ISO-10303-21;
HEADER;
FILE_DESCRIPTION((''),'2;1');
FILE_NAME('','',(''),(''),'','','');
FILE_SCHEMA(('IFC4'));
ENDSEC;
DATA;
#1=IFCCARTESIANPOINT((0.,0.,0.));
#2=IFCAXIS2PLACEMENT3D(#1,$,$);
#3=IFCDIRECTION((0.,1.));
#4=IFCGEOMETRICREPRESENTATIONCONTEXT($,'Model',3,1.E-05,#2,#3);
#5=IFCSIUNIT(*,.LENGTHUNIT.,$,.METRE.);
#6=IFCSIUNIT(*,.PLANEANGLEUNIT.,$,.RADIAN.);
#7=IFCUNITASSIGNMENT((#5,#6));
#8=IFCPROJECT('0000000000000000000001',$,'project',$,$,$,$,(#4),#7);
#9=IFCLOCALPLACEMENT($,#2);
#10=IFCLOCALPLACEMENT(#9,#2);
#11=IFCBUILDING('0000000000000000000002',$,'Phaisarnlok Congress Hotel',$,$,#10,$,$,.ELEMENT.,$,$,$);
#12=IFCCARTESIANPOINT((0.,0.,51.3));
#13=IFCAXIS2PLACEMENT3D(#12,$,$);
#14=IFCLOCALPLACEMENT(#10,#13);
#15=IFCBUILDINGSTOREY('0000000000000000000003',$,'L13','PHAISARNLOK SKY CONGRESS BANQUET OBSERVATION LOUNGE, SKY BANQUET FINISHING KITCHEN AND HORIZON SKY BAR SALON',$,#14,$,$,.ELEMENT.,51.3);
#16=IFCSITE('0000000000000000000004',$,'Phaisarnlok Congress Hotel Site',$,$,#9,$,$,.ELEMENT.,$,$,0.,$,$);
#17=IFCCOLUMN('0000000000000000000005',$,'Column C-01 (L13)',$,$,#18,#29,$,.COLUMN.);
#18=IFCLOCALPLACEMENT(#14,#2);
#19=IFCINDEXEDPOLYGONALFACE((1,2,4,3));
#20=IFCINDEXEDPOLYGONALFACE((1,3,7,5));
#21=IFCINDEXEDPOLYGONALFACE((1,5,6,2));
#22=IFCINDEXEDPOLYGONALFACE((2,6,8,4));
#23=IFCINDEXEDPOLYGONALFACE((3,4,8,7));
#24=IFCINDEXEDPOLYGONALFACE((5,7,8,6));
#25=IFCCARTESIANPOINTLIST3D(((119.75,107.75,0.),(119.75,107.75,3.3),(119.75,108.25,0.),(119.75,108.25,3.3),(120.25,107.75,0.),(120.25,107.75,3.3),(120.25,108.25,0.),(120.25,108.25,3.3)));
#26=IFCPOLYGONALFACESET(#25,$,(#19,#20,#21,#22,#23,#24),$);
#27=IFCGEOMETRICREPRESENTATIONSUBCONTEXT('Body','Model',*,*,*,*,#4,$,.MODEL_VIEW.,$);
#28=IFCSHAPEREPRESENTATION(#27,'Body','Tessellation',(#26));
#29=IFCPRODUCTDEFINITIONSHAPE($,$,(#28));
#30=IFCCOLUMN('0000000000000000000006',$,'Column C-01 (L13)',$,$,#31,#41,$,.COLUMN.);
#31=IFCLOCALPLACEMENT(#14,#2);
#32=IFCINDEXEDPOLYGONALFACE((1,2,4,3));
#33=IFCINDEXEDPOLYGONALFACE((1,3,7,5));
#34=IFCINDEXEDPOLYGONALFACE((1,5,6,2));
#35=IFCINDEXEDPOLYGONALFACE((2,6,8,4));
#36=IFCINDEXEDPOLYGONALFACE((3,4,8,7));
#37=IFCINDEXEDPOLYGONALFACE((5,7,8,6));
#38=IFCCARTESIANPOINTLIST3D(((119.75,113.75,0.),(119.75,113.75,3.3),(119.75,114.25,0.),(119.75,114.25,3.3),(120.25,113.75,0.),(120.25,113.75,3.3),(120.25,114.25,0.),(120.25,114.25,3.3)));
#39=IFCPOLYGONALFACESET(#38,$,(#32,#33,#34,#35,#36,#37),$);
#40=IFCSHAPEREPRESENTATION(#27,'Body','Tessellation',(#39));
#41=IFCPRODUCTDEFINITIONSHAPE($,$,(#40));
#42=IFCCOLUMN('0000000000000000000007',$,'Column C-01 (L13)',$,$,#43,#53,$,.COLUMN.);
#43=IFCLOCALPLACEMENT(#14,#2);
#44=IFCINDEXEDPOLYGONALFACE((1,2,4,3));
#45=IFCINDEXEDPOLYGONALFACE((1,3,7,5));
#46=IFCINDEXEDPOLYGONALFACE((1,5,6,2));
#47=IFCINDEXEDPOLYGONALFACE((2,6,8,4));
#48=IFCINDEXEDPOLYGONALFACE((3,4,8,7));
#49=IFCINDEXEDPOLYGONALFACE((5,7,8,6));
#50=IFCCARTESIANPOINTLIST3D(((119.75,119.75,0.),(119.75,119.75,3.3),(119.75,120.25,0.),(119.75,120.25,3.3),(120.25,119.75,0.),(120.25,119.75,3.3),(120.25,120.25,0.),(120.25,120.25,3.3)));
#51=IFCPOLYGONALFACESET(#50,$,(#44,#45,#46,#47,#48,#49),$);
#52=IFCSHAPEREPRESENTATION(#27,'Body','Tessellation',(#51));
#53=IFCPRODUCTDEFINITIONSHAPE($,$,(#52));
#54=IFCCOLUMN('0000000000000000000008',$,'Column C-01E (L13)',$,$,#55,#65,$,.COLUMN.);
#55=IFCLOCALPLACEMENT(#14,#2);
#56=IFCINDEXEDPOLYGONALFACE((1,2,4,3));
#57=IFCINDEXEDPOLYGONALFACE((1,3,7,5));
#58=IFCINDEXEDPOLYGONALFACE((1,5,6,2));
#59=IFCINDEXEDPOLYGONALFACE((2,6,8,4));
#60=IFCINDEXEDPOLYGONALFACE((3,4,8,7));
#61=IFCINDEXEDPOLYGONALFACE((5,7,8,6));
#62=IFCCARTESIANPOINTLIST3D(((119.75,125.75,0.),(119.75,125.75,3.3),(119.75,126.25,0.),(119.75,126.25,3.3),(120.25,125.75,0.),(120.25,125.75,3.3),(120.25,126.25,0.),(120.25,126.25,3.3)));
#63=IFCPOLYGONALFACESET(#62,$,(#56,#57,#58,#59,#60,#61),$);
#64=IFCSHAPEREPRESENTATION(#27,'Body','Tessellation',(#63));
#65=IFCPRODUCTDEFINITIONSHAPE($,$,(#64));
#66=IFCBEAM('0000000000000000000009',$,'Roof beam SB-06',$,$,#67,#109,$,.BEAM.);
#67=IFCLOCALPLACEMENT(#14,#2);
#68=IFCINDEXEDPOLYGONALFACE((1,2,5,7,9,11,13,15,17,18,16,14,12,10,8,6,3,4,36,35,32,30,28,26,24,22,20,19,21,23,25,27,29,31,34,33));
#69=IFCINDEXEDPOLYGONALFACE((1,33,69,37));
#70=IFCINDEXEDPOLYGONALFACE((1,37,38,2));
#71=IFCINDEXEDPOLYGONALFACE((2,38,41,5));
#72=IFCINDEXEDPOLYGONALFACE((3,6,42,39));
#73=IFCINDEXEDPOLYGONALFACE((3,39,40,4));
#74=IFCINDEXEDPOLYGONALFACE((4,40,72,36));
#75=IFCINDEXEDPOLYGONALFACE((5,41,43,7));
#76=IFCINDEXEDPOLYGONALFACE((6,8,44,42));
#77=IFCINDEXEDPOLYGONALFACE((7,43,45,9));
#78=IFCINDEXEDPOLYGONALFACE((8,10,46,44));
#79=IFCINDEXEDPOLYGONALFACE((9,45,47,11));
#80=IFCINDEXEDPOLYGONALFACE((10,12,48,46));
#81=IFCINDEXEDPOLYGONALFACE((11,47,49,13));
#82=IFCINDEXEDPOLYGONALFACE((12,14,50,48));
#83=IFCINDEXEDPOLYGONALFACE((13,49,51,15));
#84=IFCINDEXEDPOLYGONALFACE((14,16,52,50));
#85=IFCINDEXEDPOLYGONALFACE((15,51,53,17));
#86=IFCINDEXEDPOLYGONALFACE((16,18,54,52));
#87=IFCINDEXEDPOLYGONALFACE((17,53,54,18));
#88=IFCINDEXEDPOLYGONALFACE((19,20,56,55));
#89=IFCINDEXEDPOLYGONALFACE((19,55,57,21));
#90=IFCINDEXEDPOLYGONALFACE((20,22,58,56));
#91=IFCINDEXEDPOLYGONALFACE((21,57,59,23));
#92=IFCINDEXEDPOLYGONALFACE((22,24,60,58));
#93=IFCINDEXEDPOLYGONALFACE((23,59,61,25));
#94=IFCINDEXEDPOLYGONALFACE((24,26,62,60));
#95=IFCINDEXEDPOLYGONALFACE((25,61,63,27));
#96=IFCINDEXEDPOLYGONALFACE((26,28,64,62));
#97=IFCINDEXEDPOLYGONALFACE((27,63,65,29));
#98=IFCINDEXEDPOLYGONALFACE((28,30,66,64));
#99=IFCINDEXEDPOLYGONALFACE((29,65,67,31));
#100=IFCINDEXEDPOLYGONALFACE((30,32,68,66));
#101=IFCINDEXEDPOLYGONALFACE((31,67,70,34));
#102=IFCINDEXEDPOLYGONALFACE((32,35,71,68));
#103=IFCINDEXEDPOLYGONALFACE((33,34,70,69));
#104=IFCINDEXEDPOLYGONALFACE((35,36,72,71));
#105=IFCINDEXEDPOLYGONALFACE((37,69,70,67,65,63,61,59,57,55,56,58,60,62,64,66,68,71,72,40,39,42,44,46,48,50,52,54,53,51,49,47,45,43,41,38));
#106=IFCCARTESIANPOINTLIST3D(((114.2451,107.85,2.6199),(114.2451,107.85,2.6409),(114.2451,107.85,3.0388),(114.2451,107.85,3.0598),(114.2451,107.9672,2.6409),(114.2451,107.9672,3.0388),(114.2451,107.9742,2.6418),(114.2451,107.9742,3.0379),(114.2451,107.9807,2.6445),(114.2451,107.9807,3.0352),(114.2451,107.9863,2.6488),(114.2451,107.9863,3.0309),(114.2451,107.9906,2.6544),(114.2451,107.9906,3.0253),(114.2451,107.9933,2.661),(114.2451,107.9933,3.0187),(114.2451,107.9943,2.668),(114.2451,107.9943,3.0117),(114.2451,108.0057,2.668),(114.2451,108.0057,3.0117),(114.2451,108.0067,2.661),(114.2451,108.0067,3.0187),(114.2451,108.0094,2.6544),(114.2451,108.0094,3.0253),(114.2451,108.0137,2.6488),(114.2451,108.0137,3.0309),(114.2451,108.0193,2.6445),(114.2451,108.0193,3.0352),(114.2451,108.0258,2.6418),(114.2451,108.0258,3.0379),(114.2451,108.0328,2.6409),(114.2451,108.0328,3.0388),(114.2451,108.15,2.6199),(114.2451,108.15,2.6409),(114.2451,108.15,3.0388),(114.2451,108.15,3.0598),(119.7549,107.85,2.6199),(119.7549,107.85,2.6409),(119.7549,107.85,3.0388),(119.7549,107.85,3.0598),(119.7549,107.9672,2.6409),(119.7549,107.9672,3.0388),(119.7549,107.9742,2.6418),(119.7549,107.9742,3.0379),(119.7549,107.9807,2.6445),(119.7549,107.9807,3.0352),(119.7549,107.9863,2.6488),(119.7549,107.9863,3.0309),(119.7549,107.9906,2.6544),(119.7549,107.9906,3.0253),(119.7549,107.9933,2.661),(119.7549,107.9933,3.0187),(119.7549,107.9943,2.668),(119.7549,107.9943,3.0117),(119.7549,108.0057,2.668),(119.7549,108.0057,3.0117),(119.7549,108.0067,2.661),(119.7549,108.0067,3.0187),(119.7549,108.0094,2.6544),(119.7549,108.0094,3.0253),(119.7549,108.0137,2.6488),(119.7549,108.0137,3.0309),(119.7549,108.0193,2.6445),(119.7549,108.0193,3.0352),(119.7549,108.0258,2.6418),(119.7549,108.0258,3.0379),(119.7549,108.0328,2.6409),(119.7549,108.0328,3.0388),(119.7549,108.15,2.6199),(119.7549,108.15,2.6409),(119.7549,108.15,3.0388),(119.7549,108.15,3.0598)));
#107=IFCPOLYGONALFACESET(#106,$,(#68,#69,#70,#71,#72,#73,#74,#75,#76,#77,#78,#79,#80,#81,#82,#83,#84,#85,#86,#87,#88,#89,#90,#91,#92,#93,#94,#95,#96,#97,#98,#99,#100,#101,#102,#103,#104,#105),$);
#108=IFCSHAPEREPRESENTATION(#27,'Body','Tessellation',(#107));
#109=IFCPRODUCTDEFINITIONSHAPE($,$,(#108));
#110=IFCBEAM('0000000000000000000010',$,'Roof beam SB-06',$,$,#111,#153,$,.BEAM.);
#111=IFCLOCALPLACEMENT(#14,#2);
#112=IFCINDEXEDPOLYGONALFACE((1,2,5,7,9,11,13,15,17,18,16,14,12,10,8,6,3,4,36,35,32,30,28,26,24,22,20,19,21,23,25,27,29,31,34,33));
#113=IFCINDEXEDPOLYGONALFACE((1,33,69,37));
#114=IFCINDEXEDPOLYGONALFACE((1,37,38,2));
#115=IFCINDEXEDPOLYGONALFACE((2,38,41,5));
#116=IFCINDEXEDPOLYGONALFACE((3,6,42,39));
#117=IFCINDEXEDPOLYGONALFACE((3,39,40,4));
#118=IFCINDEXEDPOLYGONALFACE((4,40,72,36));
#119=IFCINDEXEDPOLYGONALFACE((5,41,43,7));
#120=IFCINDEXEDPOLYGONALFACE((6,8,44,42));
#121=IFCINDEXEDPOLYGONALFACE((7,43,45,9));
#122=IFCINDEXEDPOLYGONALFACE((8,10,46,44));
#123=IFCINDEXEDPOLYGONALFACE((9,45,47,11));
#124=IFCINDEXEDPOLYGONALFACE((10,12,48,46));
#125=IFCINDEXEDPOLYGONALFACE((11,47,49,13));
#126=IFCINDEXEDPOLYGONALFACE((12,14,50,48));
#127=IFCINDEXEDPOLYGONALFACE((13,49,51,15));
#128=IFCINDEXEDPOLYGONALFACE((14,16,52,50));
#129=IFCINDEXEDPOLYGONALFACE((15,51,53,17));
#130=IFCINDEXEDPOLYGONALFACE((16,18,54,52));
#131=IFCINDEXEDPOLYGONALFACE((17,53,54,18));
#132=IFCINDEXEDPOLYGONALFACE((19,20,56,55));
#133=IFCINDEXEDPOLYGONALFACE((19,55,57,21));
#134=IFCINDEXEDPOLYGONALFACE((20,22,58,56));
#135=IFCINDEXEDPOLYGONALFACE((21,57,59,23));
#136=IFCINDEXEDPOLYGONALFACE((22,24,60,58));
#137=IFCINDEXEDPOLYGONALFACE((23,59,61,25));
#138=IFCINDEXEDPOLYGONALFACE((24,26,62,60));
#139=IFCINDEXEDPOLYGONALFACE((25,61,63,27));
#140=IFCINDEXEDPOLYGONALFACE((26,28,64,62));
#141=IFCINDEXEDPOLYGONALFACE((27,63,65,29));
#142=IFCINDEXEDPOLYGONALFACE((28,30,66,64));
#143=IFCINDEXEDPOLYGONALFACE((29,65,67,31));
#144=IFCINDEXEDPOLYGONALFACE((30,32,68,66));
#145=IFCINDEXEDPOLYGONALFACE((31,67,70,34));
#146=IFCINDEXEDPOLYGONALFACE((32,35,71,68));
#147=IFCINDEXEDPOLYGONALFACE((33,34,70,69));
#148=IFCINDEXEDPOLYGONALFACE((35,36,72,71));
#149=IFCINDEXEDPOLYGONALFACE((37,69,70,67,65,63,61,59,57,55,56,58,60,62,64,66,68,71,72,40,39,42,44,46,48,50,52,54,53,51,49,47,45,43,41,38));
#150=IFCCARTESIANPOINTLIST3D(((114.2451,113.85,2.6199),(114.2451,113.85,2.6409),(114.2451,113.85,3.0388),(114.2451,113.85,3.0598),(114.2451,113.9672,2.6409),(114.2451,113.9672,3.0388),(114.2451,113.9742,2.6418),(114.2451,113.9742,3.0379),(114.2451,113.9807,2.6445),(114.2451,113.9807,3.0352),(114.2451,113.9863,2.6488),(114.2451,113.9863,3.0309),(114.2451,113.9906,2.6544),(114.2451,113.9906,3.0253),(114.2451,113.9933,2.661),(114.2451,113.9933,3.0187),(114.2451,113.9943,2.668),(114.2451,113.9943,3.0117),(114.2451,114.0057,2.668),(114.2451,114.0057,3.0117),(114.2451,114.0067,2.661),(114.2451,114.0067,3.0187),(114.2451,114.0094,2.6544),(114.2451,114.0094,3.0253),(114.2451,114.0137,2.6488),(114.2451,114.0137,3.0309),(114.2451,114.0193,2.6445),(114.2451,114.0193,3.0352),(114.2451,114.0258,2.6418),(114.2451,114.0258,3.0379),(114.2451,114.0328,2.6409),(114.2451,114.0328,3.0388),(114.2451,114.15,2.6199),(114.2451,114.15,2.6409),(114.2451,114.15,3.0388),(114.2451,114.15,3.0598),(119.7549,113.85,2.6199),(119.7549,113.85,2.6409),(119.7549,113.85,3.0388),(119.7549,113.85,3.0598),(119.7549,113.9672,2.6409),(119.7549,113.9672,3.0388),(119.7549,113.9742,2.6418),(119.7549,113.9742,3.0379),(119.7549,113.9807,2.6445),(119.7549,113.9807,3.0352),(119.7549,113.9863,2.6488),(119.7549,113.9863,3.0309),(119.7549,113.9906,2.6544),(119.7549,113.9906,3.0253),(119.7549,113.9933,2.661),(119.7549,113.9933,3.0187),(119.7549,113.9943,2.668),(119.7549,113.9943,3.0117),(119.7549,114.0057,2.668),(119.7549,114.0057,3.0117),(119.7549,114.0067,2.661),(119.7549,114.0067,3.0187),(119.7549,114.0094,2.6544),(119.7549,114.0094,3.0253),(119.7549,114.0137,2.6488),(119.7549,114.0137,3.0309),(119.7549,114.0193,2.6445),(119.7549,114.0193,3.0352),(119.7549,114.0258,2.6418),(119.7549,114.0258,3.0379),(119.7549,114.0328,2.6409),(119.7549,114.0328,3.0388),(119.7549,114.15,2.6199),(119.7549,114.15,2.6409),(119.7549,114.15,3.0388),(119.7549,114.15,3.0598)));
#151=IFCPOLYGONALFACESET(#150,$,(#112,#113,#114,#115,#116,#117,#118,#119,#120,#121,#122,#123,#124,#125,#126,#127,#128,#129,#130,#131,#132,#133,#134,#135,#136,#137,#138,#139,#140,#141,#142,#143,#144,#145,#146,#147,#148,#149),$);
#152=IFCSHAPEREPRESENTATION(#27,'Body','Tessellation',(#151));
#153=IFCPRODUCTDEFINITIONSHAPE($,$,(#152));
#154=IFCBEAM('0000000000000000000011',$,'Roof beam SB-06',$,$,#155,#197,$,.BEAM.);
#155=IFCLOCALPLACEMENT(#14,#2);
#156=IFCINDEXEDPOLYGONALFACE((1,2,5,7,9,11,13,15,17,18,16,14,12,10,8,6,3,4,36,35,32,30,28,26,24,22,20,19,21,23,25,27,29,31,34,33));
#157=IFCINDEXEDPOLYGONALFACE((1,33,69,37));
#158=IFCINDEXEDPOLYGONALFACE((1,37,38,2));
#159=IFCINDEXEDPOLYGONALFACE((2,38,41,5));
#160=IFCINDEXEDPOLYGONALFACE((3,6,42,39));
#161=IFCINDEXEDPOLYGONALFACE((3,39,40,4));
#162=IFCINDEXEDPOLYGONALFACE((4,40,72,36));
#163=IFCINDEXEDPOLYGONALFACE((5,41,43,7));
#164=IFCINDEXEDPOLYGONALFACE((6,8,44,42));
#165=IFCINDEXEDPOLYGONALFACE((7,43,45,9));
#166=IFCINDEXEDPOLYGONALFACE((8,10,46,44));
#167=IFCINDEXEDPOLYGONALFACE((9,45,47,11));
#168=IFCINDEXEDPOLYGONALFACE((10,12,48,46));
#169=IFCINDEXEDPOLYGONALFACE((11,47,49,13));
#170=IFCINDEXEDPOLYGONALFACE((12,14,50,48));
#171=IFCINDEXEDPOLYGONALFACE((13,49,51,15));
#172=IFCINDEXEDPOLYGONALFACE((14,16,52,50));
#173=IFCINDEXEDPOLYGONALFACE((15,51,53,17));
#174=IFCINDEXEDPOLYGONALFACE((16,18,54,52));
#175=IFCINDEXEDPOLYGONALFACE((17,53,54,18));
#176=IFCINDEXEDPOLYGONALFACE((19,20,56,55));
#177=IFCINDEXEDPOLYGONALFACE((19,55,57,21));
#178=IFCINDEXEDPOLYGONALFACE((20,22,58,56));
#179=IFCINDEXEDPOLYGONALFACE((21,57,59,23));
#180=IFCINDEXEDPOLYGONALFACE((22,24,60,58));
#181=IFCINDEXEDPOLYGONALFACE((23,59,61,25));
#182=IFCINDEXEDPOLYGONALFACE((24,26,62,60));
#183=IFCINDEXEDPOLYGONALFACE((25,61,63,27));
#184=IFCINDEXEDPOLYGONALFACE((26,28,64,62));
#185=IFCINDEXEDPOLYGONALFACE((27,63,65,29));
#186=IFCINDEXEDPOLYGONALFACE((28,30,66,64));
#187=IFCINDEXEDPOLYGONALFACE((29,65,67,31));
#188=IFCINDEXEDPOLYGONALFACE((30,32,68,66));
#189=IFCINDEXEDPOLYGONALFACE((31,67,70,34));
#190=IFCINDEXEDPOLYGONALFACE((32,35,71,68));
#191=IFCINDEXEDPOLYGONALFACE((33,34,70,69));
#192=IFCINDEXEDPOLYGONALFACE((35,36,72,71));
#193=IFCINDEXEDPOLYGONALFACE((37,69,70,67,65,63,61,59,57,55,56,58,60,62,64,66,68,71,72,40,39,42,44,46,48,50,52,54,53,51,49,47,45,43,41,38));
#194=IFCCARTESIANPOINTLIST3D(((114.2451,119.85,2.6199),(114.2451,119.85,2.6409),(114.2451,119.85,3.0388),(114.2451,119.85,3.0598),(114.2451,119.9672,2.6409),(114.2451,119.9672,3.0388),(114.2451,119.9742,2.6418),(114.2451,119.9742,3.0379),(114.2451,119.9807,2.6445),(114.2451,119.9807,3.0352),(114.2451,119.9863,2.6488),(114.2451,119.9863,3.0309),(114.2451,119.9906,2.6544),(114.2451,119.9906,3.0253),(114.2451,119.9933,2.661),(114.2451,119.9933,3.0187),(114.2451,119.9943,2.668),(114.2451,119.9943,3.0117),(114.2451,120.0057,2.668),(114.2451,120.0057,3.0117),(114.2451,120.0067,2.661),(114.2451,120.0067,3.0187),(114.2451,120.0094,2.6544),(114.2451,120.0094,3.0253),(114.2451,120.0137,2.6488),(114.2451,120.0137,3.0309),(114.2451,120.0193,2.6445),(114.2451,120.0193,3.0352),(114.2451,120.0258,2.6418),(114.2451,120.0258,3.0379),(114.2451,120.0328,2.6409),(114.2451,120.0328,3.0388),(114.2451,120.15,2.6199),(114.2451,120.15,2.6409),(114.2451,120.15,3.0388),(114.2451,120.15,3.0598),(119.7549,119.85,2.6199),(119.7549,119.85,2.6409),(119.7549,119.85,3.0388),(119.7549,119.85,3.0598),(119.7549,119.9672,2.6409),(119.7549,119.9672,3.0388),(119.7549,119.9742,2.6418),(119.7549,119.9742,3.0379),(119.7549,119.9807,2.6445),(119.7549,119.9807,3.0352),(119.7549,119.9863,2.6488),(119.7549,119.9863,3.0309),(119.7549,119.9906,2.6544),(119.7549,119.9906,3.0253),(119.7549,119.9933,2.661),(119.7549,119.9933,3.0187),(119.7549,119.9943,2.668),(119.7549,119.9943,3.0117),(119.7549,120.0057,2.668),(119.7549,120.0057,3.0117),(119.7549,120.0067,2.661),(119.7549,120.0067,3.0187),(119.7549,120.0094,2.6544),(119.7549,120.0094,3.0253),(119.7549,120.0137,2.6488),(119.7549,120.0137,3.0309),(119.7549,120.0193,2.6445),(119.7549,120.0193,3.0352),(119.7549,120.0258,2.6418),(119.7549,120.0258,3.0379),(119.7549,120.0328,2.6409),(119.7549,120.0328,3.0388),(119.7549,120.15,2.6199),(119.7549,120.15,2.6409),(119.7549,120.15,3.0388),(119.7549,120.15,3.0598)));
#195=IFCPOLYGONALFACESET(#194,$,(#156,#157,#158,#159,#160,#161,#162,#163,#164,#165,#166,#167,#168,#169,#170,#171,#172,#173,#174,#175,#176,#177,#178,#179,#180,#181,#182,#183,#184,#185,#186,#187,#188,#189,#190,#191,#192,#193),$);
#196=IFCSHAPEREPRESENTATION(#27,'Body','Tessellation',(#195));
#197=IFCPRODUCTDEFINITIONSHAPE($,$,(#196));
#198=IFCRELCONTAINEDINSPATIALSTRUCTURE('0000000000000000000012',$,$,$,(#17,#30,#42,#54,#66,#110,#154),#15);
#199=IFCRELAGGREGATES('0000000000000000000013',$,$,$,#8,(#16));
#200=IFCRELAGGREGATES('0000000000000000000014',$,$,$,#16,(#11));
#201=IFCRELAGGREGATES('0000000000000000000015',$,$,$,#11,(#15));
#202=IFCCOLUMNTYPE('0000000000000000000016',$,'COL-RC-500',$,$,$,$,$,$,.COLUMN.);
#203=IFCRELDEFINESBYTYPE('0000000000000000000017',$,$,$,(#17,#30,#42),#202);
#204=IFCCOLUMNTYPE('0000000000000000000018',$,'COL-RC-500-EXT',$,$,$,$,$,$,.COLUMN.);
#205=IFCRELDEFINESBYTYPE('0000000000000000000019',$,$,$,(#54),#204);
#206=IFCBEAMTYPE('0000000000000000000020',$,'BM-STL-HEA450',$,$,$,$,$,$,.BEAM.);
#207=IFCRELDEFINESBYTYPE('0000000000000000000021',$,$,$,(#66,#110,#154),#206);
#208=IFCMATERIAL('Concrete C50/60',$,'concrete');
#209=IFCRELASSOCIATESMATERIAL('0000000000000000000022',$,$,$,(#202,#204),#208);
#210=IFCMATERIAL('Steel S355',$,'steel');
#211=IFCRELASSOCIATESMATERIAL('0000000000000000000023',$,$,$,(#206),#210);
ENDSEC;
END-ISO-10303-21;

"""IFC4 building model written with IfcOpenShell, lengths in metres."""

from ifc_helpers import new_model, si_unit, direction, frame, origin, origin_2d, place, context, subcontext, project, spatial, rectangle, i_section, extrude, material, material_profile, profile_set, type_object, element, save


model = new_model("IFC4")

# Units and contexts
model_context = context("Model", 3, precision=1e-05, world=origin(), true_north=direction((0.0, 1.0)))
body_context = subcontext(model_context, "Body", "Model", "MODEL_VIEW")
ifc_project = project(units=[si_unit("LENGTHUNIT", "METRE"), si_unit("PLANEANGLEUNIT", "RADIAN")], contexts=[model_context])

# Site, building, storey
site_placement = place(None, origin())
site = spatial("IfcSite", under=ifc_project, at=site_placement, Name="Phaisarnlok Congress Hotel Site", CompositionType="ELEMENT", RefElevation=0.0)
building_placement = place(site_placement, origin())
building = spatial("IfcBuilding", under=site, at=building_placement, Name="Phaisarnlok Congress Hotel", CompositionType="ELEMENT")
storey_placement = place(building_placement, frame((0.0, 0.0, 51.3)))
storey = spatial("IfcBuildingStorey", under=building, at=storey_placement, Name="L13", Description="PHAISARNLOK SKY CONGRESS BANQUET OBSERVATION LOUNGE, SKY BANQUET FINISHING KITCHEN AND HORIZON SKY BAR SALON", CompositionType="ELEMENT", Elevation=51.3)

# Columns
ifc_material_1 = material(Name="Concrete C50/60", Category="concrete")
ifc_material_profile_1 = material_profile(ifc_material_1, rectangle(XDim=0.5, YDim=0.5, at=origin_2d()), Name="RC 500x500")
ifc_profile_set_1 = profile_set([ifc_material_profile_1], Name="Concrete C50/60")
column_type_1 = type_object("IfcColumnType", Name="COL-RC-500", PredefinedType="COLUMN", material=ifc_profile_set_1)
for number, where, z_axis, x_axis, name in (
    (1, (120.0, 108.0, 0.0), (0.0, 0.0, 1.0), (1.0, 0.0, 0.0), "Column C-01 (L13)"),
    (2, (120.0, 114.0, 0.0), (0.0, 0.0, 1.0), (1.0, 0.0, 0.0), "Column C-01 (L13)"),
    (3, (120.0, 120.0, 0.0), (0.0, 0.0, 1.0), (1.0, 0.0, 0.0), "Column C-01 (L13)"),
):
    element("IfcColumn", number, at=place(storey_placement, frame(where, z_axis=z_axis, x_axis=x_axis)), inside=storey, type_object=column_type_1, Name=name, PredefinedType="COLUMN", context=body_context, shape_type="SweptSolid", body=[
        extrude(rectangle(XDim=0.5, YDim=0.5, at=origin_2d()), origin(), (0.0, 0.0, 1.0), 3.3),
    ])
ifc_material_profile_2 = material_profile(ifc_material_1, rectangle(XDim=0.5, YDim=0.5, at=origin_2d()), Name="RC 500x500")
ifc_profile_set_2 = profile_set([ifc_material_profile_2], Name="Concrete C50/60")
column_type_2 = type_object("IfcColumnType", Name="COL-RC-500-EXT", PredefinedType="COLUMN", material=ifc_profile_set_2)
column_placement = place(storey_placement, frame((120.0, 126.0, 0.0), z_axis=(0.0, 0.0, 1.0), x_axis=(1.0, 0.0, 0.0)))
element("IfcColumn", 4, at=column_placement, inside=storey, type_object=column_type_2, Name="Column C-01E (L13)", PredefinedType="COLUMN", context=body_context, shape_type="SweptSolid", body=[
    extrude(rectangle(XDim=0.5, YDim=0.5, at=origin_2d()), origin(), (0.0, 0.0, 1.0), 3.3),
])

# Beams
ifc_material_2 = material(Name="Steel S355", Category="steel")
ifc_material_profile_3 = material_profile(ifc_material_2, i_section(OverallWidth=0.3, OverallDepth=0.4399, WebThickness=0.0115, FlangeThickness=0.021, FilletRadius=0.0271, at=origin_2d()), Name="HEA 450")
ifc_profile_set_3 = profile_set([ifc_material_profile_3], Name="Steel S355")
beam_type_1 = type_object("IfcBeamType", Name="BM-STL-HEA450", PredefinedType="BEAM", material=ifc_profile_set_3)
for number, where, z_axis, x_axis, name in (
    (5, (114.2451, 108.0, 2.8398), (1.0, 0.0, 0.0), (0.0, 1.0, 0.0), "Roof beam SB-06"),
    (6, (114.2451, 114.0, 2.8398), (1.0, 0.0, 0.0), (0.0, 1.0, 0.0), "Roof beam SB-06"),
    (7, (114.2451, 120.0, 2.8398), (1.0, 0.0, 0.0), (0.0, 1.0, 0.0), "Roof beam SB-06"),
):
    element("IfcBeam", number, at=place(storey_placement, frame(where, z_axis=z_axis, x_axis=x_axis)), inside=storey, type_object=beam_type_1, Name=name, PredefinedType="BEAM", context=body_context, shape_type="SweptSolid", body=[
        extrude(i_section(OverallWidth=0.3, OverallDepth=0.4399, WebThickness=0.0115, FlangeThickness=0.021, FilletRadius=0.0271, at=origin_2d()), origin(), (0.0, 0.0, 1.0), 5.5098),
    ])

save(model, "model.ifc")
